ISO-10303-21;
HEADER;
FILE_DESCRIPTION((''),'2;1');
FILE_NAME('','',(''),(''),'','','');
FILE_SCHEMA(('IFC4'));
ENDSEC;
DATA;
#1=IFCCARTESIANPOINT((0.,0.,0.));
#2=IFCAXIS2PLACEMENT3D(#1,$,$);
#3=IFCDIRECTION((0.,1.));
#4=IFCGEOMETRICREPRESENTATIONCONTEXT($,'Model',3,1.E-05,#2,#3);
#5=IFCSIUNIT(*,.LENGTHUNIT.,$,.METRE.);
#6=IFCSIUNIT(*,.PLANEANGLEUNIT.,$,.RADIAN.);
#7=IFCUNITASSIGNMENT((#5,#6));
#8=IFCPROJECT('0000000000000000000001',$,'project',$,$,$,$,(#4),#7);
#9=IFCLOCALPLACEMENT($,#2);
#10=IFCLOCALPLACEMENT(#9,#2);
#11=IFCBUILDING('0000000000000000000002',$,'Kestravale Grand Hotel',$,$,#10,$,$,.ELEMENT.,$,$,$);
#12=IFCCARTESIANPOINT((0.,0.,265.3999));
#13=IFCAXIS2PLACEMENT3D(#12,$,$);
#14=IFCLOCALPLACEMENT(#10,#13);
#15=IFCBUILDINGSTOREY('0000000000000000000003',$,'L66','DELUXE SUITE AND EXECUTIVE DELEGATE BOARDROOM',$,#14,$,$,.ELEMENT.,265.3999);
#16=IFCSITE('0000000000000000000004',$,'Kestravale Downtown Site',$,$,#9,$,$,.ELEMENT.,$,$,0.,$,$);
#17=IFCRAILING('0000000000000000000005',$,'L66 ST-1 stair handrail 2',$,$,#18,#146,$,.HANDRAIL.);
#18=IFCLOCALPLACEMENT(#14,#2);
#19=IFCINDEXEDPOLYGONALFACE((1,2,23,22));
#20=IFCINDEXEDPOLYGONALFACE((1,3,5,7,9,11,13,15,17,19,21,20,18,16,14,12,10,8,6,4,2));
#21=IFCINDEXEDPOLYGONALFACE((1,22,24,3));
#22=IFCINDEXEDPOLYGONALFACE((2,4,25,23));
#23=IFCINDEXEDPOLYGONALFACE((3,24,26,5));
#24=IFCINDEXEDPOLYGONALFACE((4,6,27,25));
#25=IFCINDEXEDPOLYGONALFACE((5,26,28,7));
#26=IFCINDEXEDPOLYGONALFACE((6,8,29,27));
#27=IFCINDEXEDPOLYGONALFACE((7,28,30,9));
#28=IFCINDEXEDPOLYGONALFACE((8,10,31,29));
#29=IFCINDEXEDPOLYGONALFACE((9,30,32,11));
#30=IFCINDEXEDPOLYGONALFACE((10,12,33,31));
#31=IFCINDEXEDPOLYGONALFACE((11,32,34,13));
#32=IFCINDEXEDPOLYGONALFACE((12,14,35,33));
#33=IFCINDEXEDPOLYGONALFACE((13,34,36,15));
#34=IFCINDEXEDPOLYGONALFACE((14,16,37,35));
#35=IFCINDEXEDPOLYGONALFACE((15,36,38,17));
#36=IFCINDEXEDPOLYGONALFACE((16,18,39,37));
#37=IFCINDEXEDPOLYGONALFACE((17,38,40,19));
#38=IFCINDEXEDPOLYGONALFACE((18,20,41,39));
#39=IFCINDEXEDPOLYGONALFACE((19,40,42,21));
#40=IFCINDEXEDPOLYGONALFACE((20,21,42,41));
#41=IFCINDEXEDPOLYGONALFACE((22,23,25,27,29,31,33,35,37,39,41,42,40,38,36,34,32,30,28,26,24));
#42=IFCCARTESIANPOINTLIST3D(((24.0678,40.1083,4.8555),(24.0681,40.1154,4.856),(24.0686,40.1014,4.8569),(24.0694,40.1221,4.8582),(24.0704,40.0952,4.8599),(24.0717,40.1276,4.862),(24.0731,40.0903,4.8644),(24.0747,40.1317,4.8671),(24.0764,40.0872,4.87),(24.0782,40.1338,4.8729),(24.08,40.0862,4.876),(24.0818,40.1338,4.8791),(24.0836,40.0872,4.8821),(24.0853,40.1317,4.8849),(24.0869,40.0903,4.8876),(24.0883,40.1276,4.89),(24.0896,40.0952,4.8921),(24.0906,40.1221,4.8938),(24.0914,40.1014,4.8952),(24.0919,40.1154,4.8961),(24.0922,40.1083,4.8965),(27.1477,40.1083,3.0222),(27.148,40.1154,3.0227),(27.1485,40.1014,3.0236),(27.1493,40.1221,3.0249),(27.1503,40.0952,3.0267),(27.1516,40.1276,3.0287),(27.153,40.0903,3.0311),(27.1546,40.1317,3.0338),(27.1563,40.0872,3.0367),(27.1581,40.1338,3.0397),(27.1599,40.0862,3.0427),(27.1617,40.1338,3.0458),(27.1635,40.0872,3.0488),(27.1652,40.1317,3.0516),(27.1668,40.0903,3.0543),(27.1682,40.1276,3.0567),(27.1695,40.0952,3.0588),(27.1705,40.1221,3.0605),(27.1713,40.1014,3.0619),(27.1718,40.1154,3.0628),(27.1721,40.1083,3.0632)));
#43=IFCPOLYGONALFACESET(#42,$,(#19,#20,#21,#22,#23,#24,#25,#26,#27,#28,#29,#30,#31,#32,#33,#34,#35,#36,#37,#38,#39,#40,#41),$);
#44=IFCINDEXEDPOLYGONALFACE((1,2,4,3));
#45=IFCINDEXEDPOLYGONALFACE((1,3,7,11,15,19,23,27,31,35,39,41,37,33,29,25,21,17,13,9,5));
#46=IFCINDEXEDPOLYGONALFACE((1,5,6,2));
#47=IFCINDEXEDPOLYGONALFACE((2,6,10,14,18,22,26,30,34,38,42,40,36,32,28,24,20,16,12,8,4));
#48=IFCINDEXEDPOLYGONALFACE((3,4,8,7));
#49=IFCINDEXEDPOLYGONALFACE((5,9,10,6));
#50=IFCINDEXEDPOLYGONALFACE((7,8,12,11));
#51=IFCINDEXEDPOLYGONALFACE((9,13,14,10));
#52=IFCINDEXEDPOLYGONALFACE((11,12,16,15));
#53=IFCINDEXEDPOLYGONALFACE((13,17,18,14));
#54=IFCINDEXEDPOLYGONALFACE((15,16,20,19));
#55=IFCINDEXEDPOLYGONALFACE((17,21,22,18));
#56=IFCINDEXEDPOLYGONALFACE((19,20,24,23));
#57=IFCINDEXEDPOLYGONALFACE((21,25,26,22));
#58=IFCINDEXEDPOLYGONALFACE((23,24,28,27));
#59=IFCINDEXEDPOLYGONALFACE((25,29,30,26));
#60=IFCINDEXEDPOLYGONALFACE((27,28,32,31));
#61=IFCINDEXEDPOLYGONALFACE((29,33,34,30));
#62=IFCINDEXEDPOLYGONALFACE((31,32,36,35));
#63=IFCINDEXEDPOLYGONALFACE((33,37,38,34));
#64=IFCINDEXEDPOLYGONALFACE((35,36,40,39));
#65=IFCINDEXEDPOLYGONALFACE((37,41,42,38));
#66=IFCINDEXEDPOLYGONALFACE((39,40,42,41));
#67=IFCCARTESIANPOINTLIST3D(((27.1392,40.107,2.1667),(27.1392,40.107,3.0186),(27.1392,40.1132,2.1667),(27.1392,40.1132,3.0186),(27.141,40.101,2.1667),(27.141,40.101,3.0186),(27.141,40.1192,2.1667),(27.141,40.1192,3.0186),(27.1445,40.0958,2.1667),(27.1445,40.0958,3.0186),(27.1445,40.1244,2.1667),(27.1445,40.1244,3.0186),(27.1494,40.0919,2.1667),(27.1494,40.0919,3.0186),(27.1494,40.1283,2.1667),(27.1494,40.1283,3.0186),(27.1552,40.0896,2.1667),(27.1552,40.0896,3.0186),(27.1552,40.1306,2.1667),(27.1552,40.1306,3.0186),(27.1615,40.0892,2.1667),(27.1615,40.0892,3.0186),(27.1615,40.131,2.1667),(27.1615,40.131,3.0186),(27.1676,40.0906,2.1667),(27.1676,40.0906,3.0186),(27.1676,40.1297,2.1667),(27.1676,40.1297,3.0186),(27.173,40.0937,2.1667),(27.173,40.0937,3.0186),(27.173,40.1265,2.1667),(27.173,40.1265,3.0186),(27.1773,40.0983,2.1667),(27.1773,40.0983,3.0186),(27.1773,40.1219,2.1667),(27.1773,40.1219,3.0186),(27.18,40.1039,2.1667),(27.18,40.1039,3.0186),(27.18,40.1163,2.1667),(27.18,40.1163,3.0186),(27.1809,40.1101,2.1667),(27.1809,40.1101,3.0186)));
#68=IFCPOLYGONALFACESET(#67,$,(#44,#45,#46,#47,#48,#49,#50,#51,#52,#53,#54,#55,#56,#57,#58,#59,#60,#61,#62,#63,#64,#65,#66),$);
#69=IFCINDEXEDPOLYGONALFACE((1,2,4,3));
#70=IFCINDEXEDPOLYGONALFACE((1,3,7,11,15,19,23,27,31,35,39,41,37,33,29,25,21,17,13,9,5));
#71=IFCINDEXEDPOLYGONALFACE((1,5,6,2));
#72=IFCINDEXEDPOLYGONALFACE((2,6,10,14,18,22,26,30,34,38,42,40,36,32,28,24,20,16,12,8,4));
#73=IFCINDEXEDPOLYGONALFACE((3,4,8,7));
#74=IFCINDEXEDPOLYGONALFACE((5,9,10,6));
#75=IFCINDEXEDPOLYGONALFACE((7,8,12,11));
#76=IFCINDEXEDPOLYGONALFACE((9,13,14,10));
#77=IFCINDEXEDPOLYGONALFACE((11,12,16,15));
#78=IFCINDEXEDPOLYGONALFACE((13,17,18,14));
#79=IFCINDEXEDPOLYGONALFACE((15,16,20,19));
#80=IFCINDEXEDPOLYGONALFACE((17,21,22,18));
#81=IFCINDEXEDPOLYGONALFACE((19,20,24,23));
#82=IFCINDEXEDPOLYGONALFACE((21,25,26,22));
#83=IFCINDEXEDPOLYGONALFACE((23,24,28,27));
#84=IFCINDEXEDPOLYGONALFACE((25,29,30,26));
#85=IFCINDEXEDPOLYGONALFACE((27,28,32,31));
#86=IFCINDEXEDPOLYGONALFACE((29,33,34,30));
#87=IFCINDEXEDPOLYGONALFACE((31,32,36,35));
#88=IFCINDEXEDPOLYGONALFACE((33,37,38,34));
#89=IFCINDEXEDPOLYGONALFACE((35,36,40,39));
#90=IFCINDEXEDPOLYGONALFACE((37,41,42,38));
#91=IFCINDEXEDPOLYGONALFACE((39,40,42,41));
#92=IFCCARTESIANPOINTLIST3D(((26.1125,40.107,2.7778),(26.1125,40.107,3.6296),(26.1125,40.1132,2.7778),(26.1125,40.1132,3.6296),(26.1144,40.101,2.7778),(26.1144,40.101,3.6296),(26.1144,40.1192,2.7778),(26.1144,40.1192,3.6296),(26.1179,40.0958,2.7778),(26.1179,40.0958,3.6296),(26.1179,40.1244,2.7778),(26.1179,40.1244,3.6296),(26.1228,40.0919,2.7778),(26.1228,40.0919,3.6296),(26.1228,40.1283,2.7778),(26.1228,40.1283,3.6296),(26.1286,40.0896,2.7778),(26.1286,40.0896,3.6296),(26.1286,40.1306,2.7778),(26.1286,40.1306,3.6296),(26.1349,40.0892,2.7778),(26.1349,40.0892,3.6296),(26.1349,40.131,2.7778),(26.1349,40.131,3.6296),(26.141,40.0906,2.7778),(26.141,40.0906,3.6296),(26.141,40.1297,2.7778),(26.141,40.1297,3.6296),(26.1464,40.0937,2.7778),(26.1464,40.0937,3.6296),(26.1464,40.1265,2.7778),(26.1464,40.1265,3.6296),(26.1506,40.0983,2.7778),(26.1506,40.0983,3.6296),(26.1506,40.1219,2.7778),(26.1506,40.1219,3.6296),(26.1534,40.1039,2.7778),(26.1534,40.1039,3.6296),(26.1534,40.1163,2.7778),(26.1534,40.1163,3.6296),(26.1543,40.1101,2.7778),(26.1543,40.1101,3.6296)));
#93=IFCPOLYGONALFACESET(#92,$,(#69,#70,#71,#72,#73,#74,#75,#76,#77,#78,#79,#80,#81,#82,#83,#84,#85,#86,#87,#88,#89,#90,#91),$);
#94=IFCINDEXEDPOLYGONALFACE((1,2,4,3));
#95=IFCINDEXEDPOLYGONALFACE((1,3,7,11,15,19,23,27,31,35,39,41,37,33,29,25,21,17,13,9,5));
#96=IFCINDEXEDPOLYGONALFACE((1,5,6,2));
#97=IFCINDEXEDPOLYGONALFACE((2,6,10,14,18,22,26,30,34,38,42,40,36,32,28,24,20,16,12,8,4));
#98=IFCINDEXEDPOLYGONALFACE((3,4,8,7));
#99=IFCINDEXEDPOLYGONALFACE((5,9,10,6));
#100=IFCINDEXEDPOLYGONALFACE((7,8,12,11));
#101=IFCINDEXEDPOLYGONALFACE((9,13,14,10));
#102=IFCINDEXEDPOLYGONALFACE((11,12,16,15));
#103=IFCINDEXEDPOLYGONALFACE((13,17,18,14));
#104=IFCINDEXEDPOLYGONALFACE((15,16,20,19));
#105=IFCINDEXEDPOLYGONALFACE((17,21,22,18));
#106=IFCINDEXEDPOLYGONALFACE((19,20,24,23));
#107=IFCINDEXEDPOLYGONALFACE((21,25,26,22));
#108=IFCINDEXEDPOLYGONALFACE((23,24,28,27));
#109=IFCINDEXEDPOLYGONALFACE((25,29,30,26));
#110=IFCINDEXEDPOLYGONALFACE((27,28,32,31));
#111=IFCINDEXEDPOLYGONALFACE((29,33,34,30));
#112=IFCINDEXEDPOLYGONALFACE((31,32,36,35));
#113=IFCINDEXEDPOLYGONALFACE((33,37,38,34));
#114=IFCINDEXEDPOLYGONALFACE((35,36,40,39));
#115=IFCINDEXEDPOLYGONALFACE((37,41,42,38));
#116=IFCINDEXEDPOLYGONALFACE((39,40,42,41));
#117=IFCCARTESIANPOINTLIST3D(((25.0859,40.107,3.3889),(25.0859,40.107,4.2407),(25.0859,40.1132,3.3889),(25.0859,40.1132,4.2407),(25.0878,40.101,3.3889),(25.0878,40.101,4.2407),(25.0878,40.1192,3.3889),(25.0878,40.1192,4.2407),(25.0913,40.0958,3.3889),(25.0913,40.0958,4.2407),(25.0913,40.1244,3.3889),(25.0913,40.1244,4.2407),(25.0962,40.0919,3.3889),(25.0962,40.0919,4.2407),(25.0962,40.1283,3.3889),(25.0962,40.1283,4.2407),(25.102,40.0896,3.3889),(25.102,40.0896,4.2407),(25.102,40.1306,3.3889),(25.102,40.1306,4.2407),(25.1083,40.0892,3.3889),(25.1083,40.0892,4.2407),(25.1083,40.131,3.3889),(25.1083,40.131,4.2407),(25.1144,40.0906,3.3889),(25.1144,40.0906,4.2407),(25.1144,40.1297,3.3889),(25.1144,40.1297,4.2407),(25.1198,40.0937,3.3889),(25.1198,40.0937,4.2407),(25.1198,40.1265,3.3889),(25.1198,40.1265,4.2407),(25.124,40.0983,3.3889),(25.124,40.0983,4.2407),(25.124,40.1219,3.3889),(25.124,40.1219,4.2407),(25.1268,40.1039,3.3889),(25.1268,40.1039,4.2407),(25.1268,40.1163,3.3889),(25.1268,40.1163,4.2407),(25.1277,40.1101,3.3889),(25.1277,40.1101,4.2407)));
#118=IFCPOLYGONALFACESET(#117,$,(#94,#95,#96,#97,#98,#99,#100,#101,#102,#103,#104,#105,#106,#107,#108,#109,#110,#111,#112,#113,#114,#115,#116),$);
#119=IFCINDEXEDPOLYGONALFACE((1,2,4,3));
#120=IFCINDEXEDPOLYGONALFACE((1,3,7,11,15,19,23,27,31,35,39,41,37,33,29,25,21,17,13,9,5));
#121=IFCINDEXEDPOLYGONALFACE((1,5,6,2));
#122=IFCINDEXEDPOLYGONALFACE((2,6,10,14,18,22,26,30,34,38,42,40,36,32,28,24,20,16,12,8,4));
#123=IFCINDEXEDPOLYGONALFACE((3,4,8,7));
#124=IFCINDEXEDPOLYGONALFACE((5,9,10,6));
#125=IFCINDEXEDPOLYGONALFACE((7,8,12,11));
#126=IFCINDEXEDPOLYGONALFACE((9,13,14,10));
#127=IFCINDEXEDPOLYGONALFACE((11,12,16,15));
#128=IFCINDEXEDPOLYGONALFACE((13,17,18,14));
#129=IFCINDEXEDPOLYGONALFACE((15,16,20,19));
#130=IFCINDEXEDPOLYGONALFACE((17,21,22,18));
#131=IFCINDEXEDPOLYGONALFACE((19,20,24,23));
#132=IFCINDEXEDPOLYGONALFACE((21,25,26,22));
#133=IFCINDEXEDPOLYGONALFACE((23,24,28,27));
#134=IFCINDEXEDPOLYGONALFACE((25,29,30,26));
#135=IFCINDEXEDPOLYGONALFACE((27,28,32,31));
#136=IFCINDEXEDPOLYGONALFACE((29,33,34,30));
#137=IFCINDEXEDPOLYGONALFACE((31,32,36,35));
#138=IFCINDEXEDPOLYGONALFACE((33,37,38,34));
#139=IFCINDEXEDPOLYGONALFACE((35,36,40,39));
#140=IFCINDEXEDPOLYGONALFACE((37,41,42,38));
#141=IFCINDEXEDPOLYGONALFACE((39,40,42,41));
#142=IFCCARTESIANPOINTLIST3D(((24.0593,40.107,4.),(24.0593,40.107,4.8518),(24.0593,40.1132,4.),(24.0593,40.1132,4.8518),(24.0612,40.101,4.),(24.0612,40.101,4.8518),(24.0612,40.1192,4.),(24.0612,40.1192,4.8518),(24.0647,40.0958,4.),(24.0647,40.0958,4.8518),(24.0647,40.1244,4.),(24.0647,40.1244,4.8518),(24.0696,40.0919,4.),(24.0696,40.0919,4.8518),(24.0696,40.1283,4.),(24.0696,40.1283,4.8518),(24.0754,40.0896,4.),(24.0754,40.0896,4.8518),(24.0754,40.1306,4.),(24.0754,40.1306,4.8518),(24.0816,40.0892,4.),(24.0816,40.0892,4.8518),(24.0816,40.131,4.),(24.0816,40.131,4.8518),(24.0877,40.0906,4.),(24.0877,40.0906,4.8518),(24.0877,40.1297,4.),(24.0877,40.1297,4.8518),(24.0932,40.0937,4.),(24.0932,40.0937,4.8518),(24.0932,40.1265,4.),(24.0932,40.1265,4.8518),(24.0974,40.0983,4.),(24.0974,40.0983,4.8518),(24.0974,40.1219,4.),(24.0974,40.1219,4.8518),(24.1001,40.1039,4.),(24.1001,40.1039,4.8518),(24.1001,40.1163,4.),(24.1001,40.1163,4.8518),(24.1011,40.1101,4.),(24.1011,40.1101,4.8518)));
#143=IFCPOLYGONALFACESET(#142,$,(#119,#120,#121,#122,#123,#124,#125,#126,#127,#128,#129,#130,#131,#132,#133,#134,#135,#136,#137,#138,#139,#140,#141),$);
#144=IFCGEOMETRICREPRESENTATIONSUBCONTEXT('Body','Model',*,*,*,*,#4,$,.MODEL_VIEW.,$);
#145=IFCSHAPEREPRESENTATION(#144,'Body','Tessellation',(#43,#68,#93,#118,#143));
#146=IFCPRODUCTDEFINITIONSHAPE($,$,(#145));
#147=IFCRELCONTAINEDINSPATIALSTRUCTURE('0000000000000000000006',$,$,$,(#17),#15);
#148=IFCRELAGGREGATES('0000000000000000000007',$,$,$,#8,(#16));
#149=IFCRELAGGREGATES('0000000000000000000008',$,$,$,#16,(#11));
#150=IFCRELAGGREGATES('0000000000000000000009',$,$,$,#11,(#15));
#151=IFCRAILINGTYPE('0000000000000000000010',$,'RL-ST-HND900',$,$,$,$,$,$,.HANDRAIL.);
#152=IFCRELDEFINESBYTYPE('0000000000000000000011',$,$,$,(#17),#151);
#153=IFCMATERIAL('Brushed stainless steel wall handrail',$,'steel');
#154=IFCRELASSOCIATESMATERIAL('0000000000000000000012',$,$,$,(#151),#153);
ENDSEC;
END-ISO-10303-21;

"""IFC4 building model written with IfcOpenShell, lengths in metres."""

from ifc_helpers import new_model, si_unit, direction, frame, origin, origin_2d, place, context, subcontext, project, spatial, circle, extrude, material, type_object, element, save


model = new_model("IFC4")

# Units and contexts
model_context = context("Model", 3, precision=1e-05, world=origin(), true_north=direction((0.0, 1.0)))
body_context = subcontext(model_context, "Body", "Model", "MODEL_VIEW")
ifc_project = project(units=[si_unit("LENGTHUNIT", "METRE"), si_unit("PLANEANGLEUNIT", "RADIAN")], contexts=[model_context])

# Site, building, storey
site_placement = place(None, origin())
site = spatial("IfcSite", under=ifc_project, at=site_placement, Name="Kestravale Downtown Site", CompositionType="ELEMENT", RefElevation=0.0)
building_placement = place(site_placement, origin())
building = spatial("IfcBuilding", under=site, at=building_placement, Name="Kestravale Grand Hotel", CompositionType="ELEMENT")
storey_placement = place(building_placement, frame((0.0, 0.0, 265.3999)))
storey = spatial("IfcBuildingStorey", under=building, at=storey_placement, Name="L66", Description="DELUXE SUITE AND EXECUTIVE DELEGATE BOARDROOM", CompositionType="ELEMENT", Elevation=265.3999)

# Railing
ifc_material_1 = material(Name="Brushed stainless steel wall handrail", Category="steel")
railing_type_1 = type_object("IfcRailingType", Name="RL-ST-HND900", PredefinedType="HANDRAIL", material=ifc_material_1)
railing_1_placement = place(storey_placement, frame((27.1599, 40.1101, 2.1667)))
element("IfcRailing", 1, at=railing_1_placement, inside=storey, type_object=railing_type_1, Name="L66 ST-1 stair handrail 2", PredefinedType="HANDRAIL", context=body_context, shape_type="SweptSolid", body=[
    extrude(circle(Radius=0.0239, at=origin_2d()), frame((0.0, 0.0, 0.876), z_axis=(-0.859291, 0.0, 0.511487), x_axis=(0.0, -1.0, 0.0)), (0.0, 0.0, 1.0), 3.5842),
    extrude(circle(Radius=0.021, at=origin_2d()), origin(), (0.0, 0.0, 1.0), 0.8518),
    extrude(circle(Radius=0.021, at=origin_2d()), frame((-1.0266, 0.0, 0.6111)), (0.0, 0.0, 1.0), 0.8518),
    extrude(circle(Radius=0.021, at=origin_2d()), frame((-2.0532, 0.0, 1.2222)), (0.0, 0.0, 1.0), 0.8518),
    extrude(circle(Radius=0.021, at=origin_2d()), frame((-3.0798, 0.0, 1.8333)), (0.0, 0.0, 1.0), 0.8518),
])

save(model, "model.ifc")
